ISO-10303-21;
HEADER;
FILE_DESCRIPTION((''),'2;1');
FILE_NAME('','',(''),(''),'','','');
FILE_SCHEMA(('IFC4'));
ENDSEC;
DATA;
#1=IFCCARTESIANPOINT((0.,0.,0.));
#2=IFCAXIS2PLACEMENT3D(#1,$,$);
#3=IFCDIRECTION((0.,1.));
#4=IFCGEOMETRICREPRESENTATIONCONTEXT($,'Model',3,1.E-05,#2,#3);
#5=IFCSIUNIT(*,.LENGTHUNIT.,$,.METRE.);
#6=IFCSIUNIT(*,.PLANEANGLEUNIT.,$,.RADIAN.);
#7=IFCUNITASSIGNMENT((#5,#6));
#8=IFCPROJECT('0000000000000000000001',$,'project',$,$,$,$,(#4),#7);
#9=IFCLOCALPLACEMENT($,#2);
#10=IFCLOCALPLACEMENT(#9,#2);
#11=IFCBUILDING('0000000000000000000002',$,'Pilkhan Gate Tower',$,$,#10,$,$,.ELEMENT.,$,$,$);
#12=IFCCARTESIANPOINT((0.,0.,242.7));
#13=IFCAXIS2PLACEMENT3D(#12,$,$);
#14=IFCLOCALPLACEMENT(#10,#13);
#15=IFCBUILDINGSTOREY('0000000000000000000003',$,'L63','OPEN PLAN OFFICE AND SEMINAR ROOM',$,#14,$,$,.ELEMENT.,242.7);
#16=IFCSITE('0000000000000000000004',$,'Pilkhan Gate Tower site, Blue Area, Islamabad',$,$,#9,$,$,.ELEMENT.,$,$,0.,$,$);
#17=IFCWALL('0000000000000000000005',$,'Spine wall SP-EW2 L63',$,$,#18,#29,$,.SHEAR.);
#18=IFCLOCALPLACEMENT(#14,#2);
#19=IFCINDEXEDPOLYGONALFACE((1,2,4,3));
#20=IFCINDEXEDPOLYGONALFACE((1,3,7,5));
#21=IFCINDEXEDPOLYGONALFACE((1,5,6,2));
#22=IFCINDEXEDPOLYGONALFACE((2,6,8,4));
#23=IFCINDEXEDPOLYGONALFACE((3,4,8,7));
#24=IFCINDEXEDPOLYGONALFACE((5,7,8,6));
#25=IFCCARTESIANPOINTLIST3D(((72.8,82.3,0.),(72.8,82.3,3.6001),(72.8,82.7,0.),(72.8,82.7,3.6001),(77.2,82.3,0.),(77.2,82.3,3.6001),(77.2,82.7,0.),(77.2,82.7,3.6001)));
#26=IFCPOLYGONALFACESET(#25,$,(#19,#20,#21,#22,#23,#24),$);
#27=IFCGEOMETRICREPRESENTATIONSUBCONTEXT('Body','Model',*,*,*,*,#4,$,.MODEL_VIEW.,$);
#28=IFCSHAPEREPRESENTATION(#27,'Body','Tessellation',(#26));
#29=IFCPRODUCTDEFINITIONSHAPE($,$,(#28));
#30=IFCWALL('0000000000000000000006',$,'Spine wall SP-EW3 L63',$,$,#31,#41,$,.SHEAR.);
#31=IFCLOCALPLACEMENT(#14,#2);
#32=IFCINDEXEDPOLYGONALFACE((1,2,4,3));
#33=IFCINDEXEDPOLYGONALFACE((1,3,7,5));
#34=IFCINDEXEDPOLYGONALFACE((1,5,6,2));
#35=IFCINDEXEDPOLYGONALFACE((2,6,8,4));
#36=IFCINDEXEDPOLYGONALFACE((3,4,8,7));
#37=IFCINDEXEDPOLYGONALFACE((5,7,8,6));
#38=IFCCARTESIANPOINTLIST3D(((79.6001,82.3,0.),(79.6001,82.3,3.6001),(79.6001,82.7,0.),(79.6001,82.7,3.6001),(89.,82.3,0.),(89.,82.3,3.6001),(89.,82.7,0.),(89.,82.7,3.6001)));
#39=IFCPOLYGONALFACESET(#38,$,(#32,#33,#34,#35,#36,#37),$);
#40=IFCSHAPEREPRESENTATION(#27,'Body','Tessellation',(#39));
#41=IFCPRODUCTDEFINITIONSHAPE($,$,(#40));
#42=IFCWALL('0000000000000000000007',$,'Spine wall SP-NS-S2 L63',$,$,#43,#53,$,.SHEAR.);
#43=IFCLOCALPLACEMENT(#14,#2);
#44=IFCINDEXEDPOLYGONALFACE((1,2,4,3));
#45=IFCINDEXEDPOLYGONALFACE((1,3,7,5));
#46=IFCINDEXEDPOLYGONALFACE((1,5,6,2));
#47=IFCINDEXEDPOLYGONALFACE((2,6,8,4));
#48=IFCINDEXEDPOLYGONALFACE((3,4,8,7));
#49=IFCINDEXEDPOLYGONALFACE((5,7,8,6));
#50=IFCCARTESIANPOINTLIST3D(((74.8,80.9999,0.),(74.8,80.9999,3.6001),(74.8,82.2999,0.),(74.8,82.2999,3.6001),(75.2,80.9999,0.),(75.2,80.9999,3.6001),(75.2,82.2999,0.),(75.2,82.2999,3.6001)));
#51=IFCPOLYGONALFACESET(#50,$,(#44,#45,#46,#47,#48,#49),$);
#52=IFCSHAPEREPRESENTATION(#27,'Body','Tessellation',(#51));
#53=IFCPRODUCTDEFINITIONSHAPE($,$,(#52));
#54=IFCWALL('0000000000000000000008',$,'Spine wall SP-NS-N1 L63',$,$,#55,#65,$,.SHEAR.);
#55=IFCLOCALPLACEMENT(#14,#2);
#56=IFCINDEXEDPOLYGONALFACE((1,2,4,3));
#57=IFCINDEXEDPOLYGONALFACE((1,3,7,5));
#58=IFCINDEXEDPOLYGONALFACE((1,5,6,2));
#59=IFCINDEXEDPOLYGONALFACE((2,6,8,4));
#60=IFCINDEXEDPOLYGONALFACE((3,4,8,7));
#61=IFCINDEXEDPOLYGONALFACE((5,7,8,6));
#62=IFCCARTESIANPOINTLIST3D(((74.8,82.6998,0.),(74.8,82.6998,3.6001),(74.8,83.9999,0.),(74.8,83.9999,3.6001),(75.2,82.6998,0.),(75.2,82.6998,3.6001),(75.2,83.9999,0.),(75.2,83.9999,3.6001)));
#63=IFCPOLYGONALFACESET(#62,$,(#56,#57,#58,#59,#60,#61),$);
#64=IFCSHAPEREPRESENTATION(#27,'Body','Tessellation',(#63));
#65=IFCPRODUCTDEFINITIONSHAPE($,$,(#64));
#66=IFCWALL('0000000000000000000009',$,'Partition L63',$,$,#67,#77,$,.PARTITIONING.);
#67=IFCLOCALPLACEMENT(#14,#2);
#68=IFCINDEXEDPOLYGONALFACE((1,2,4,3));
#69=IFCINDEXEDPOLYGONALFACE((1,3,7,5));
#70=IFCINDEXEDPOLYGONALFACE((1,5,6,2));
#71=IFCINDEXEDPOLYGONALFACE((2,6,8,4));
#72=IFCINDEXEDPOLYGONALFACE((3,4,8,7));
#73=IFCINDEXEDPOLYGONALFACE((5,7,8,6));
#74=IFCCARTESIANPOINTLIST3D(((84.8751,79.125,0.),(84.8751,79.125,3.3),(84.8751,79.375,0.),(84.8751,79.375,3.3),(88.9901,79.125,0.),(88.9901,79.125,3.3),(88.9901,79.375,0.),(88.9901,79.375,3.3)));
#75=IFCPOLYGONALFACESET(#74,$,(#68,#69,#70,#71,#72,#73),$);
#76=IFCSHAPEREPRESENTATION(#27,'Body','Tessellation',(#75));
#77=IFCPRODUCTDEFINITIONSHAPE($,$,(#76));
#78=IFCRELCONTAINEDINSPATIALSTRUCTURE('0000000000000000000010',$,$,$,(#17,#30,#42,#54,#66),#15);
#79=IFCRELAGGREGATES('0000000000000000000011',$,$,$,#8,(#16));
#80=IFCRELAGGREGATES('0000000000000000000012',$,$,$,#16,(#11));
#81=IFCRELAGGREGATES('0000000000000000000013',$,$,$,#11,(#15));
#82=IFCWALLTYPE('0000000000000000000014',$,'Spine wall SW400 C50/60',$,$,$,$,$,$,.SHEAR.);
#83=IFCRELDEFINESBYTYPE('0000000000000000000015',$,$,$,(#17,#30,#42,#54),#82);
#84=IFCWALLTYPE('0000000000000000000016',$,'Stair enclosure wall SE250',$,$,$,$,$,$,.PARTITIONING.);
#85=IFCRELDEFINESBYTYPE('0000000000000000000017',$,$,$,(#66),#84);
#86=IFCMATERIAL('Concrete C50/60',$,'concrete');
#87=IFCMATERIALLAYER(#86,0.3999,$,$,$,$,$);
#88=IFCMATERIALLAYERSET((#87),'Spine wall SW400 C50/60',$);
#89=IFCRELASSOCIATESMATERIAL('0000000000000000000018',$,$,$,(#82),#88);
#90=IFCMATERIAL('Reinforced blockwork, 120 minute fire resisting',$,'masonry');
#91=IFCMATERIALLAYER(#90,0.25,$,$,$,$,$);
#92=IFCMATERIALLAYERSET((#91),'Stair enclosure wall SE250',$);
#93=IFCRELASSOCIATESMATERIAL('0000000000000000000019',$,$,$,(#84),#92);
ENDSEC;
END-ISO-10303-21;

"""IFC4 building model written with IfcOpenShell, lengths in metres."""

from ifc_helpers import new_model, si_unit, direction, frame, frame_2d, origin, place, context, subcontext, project, spatial, rectangle, extrude, material, layer, layer_set, type_object, element, save


model = new_model("IFC4")

# Units and contexts
model_context = context("Model", 3, precision=1e-05, world=origin(), true_north=direction((0.0, 1.0)))
body_context = subcontext(model_context, "Body", "Model", "MODEL_VIEW")
ifc_project = project(units=[si_unit("LENGTHUNIT", "METRE"), si_unit("PLANEANGLEUNIT", "RADIAN")], contexts=[model_context])

# Site, building, storey
site_placement = place(None, origin())
site = spatial("IfcSite", under=ifc_project, at=site_placement, Name="Pilkhan Gate Tower site, Blue Area, Islamabad", CompositionType="ELEMENT", RefElevation=0.0)
building_placement = place(site_placement, origin())
building = spatial("IfcBuilding", under=site, at=building_placement, Name="Pilkhan Gate Tower", CompositionType="ELEMENT")
storey_placement = place(building_placement, frame((0.0, 0.0, 242.7)))
storey = spatial("IfcBuildingStorey", under=building, at=storey_placement, Name="L63", Description="OPEN PLAN OFFICE AND SEMINAR ROOM", CompositionType="ELEMENT", Elevation=242.7)

# Shared definitions
ifc_material_1 = material(Name="Concrete C50/60", Category="concrete")

# Walls
ifc_layer_1 = layer(ifc_material_1, 0.3999)
ifc_layer_set_1 = layer_set([ifc_layer_1], Name="Spine wall SW400 C50/60")
wall_type_1 = type_object("IfcWallType", Name="Spine wall SW400 C50/60", PredefinedType="SHEAR", material=ifc_layer_set_1)
wall_1_placement = place(storey_placement, frame((72.8, 82.5, 0.0), z_axis=(0.0, 0.0, 1.0), x_axis=(1.0, 0.0, 0.0)))
element("IfcWall", 1, at=wall_1_placement, inside=storey, type_object=wall_type_1, Name="Spine wall SP-EW2 L63", PredefinedType="SHEAR", context=body_context, shape_type="SweptSolid", body=[
    extrude(rectangle(XDim=4.3999, YDim=0.3999, at=frame_2d((2.2, 0.0))), origin(), (0.0, 0.0, 1.0), 3.6001),
])
wall_2_placement = place(storey_placement, frame((79.6001, 82.5, 0.0), z_axis=(0.0, 0.0, 1.0), x_axis=(1.0, 0.0, 0.0)))
element("IfcWall", 2, at=wall_2_placement, inside=storey, type_object=wall_type_1, Name="Spine wall SP-EW3 L63", PredefinedType="SHEAR", context=body_context, shape_type="SweptSolid", body=[
    extrude(rectangle(XDim=9.3999, YDim=0.3999, at=frame_2d((4.7, 0.0))), origin(), (0.0, 0.0, 1.0), 3.6001),
])
for number, where, z_axis, x_axis, name in (
    (3, (75.0, 81.0, 0.0), (0.0, 0.0, 1.0), (0.0, 1.0, 0.0), "Spine wall SP-NS-S2 L63"),
    (4, (75.0, 82.7, 0.0), (0.0, 0.0, 1.0), (0.0, 1.0, 0.0), "Spine wall SP-NS-N1 L63"),
):
    element("IfcWall", number, at=place(storey_placement, frame(where, z_axis=z_axis, x_axis=x_axis)), inside=storey, type_object=wall_type_1, Name=name, PredefinedType="SHEAR", context=body_context, shape_type="SweptSolid", body=[
        extrude(rectangle(XDim=1.3, YDim=0.3999, at=frame_2d((0.6499, 0.0))), origin(), (0.0, 0.0, 1.0), 3.6001),
    ])
ifc_material_2 = material(Name="Reinforced blockwork, 120 minute fire resisting", Category="masonry")
ifc_layer_2 = layer(ifc_material_2, 0.25)
ifc_layer_set_2 = layer_set([ifc_layer_2], Name="Stair enclosure wall SE250")
wall_type_2 = type_object("IfcWallType", Name="Stair enclosure wall SE250", PredefinedType="PARTITIONING", material=ifc_layer_set_2)
wall_3_placement = place(storey_placement, frame((84.875, 79.25, 0.0), z_axis=(0.0, 0.0, 1.0), x_axis=(1.0, 0.0, 0.0)))
element("IfcWall", 5, at=wall_3_placement, inside=storey, type_object=wall_type_2, Name="Partition L63", PredefinedType="PARTITIONING", context=body_context, shape_type="SweptSolid", body=[
    extrude(rectangle(XDim=4.115, YDim=0.25, at=frame_2d((2.0576, 0.0))), origin(), (0.0, 0.0, 1.0), 3.3),
])

save(model, "model.ifc")
